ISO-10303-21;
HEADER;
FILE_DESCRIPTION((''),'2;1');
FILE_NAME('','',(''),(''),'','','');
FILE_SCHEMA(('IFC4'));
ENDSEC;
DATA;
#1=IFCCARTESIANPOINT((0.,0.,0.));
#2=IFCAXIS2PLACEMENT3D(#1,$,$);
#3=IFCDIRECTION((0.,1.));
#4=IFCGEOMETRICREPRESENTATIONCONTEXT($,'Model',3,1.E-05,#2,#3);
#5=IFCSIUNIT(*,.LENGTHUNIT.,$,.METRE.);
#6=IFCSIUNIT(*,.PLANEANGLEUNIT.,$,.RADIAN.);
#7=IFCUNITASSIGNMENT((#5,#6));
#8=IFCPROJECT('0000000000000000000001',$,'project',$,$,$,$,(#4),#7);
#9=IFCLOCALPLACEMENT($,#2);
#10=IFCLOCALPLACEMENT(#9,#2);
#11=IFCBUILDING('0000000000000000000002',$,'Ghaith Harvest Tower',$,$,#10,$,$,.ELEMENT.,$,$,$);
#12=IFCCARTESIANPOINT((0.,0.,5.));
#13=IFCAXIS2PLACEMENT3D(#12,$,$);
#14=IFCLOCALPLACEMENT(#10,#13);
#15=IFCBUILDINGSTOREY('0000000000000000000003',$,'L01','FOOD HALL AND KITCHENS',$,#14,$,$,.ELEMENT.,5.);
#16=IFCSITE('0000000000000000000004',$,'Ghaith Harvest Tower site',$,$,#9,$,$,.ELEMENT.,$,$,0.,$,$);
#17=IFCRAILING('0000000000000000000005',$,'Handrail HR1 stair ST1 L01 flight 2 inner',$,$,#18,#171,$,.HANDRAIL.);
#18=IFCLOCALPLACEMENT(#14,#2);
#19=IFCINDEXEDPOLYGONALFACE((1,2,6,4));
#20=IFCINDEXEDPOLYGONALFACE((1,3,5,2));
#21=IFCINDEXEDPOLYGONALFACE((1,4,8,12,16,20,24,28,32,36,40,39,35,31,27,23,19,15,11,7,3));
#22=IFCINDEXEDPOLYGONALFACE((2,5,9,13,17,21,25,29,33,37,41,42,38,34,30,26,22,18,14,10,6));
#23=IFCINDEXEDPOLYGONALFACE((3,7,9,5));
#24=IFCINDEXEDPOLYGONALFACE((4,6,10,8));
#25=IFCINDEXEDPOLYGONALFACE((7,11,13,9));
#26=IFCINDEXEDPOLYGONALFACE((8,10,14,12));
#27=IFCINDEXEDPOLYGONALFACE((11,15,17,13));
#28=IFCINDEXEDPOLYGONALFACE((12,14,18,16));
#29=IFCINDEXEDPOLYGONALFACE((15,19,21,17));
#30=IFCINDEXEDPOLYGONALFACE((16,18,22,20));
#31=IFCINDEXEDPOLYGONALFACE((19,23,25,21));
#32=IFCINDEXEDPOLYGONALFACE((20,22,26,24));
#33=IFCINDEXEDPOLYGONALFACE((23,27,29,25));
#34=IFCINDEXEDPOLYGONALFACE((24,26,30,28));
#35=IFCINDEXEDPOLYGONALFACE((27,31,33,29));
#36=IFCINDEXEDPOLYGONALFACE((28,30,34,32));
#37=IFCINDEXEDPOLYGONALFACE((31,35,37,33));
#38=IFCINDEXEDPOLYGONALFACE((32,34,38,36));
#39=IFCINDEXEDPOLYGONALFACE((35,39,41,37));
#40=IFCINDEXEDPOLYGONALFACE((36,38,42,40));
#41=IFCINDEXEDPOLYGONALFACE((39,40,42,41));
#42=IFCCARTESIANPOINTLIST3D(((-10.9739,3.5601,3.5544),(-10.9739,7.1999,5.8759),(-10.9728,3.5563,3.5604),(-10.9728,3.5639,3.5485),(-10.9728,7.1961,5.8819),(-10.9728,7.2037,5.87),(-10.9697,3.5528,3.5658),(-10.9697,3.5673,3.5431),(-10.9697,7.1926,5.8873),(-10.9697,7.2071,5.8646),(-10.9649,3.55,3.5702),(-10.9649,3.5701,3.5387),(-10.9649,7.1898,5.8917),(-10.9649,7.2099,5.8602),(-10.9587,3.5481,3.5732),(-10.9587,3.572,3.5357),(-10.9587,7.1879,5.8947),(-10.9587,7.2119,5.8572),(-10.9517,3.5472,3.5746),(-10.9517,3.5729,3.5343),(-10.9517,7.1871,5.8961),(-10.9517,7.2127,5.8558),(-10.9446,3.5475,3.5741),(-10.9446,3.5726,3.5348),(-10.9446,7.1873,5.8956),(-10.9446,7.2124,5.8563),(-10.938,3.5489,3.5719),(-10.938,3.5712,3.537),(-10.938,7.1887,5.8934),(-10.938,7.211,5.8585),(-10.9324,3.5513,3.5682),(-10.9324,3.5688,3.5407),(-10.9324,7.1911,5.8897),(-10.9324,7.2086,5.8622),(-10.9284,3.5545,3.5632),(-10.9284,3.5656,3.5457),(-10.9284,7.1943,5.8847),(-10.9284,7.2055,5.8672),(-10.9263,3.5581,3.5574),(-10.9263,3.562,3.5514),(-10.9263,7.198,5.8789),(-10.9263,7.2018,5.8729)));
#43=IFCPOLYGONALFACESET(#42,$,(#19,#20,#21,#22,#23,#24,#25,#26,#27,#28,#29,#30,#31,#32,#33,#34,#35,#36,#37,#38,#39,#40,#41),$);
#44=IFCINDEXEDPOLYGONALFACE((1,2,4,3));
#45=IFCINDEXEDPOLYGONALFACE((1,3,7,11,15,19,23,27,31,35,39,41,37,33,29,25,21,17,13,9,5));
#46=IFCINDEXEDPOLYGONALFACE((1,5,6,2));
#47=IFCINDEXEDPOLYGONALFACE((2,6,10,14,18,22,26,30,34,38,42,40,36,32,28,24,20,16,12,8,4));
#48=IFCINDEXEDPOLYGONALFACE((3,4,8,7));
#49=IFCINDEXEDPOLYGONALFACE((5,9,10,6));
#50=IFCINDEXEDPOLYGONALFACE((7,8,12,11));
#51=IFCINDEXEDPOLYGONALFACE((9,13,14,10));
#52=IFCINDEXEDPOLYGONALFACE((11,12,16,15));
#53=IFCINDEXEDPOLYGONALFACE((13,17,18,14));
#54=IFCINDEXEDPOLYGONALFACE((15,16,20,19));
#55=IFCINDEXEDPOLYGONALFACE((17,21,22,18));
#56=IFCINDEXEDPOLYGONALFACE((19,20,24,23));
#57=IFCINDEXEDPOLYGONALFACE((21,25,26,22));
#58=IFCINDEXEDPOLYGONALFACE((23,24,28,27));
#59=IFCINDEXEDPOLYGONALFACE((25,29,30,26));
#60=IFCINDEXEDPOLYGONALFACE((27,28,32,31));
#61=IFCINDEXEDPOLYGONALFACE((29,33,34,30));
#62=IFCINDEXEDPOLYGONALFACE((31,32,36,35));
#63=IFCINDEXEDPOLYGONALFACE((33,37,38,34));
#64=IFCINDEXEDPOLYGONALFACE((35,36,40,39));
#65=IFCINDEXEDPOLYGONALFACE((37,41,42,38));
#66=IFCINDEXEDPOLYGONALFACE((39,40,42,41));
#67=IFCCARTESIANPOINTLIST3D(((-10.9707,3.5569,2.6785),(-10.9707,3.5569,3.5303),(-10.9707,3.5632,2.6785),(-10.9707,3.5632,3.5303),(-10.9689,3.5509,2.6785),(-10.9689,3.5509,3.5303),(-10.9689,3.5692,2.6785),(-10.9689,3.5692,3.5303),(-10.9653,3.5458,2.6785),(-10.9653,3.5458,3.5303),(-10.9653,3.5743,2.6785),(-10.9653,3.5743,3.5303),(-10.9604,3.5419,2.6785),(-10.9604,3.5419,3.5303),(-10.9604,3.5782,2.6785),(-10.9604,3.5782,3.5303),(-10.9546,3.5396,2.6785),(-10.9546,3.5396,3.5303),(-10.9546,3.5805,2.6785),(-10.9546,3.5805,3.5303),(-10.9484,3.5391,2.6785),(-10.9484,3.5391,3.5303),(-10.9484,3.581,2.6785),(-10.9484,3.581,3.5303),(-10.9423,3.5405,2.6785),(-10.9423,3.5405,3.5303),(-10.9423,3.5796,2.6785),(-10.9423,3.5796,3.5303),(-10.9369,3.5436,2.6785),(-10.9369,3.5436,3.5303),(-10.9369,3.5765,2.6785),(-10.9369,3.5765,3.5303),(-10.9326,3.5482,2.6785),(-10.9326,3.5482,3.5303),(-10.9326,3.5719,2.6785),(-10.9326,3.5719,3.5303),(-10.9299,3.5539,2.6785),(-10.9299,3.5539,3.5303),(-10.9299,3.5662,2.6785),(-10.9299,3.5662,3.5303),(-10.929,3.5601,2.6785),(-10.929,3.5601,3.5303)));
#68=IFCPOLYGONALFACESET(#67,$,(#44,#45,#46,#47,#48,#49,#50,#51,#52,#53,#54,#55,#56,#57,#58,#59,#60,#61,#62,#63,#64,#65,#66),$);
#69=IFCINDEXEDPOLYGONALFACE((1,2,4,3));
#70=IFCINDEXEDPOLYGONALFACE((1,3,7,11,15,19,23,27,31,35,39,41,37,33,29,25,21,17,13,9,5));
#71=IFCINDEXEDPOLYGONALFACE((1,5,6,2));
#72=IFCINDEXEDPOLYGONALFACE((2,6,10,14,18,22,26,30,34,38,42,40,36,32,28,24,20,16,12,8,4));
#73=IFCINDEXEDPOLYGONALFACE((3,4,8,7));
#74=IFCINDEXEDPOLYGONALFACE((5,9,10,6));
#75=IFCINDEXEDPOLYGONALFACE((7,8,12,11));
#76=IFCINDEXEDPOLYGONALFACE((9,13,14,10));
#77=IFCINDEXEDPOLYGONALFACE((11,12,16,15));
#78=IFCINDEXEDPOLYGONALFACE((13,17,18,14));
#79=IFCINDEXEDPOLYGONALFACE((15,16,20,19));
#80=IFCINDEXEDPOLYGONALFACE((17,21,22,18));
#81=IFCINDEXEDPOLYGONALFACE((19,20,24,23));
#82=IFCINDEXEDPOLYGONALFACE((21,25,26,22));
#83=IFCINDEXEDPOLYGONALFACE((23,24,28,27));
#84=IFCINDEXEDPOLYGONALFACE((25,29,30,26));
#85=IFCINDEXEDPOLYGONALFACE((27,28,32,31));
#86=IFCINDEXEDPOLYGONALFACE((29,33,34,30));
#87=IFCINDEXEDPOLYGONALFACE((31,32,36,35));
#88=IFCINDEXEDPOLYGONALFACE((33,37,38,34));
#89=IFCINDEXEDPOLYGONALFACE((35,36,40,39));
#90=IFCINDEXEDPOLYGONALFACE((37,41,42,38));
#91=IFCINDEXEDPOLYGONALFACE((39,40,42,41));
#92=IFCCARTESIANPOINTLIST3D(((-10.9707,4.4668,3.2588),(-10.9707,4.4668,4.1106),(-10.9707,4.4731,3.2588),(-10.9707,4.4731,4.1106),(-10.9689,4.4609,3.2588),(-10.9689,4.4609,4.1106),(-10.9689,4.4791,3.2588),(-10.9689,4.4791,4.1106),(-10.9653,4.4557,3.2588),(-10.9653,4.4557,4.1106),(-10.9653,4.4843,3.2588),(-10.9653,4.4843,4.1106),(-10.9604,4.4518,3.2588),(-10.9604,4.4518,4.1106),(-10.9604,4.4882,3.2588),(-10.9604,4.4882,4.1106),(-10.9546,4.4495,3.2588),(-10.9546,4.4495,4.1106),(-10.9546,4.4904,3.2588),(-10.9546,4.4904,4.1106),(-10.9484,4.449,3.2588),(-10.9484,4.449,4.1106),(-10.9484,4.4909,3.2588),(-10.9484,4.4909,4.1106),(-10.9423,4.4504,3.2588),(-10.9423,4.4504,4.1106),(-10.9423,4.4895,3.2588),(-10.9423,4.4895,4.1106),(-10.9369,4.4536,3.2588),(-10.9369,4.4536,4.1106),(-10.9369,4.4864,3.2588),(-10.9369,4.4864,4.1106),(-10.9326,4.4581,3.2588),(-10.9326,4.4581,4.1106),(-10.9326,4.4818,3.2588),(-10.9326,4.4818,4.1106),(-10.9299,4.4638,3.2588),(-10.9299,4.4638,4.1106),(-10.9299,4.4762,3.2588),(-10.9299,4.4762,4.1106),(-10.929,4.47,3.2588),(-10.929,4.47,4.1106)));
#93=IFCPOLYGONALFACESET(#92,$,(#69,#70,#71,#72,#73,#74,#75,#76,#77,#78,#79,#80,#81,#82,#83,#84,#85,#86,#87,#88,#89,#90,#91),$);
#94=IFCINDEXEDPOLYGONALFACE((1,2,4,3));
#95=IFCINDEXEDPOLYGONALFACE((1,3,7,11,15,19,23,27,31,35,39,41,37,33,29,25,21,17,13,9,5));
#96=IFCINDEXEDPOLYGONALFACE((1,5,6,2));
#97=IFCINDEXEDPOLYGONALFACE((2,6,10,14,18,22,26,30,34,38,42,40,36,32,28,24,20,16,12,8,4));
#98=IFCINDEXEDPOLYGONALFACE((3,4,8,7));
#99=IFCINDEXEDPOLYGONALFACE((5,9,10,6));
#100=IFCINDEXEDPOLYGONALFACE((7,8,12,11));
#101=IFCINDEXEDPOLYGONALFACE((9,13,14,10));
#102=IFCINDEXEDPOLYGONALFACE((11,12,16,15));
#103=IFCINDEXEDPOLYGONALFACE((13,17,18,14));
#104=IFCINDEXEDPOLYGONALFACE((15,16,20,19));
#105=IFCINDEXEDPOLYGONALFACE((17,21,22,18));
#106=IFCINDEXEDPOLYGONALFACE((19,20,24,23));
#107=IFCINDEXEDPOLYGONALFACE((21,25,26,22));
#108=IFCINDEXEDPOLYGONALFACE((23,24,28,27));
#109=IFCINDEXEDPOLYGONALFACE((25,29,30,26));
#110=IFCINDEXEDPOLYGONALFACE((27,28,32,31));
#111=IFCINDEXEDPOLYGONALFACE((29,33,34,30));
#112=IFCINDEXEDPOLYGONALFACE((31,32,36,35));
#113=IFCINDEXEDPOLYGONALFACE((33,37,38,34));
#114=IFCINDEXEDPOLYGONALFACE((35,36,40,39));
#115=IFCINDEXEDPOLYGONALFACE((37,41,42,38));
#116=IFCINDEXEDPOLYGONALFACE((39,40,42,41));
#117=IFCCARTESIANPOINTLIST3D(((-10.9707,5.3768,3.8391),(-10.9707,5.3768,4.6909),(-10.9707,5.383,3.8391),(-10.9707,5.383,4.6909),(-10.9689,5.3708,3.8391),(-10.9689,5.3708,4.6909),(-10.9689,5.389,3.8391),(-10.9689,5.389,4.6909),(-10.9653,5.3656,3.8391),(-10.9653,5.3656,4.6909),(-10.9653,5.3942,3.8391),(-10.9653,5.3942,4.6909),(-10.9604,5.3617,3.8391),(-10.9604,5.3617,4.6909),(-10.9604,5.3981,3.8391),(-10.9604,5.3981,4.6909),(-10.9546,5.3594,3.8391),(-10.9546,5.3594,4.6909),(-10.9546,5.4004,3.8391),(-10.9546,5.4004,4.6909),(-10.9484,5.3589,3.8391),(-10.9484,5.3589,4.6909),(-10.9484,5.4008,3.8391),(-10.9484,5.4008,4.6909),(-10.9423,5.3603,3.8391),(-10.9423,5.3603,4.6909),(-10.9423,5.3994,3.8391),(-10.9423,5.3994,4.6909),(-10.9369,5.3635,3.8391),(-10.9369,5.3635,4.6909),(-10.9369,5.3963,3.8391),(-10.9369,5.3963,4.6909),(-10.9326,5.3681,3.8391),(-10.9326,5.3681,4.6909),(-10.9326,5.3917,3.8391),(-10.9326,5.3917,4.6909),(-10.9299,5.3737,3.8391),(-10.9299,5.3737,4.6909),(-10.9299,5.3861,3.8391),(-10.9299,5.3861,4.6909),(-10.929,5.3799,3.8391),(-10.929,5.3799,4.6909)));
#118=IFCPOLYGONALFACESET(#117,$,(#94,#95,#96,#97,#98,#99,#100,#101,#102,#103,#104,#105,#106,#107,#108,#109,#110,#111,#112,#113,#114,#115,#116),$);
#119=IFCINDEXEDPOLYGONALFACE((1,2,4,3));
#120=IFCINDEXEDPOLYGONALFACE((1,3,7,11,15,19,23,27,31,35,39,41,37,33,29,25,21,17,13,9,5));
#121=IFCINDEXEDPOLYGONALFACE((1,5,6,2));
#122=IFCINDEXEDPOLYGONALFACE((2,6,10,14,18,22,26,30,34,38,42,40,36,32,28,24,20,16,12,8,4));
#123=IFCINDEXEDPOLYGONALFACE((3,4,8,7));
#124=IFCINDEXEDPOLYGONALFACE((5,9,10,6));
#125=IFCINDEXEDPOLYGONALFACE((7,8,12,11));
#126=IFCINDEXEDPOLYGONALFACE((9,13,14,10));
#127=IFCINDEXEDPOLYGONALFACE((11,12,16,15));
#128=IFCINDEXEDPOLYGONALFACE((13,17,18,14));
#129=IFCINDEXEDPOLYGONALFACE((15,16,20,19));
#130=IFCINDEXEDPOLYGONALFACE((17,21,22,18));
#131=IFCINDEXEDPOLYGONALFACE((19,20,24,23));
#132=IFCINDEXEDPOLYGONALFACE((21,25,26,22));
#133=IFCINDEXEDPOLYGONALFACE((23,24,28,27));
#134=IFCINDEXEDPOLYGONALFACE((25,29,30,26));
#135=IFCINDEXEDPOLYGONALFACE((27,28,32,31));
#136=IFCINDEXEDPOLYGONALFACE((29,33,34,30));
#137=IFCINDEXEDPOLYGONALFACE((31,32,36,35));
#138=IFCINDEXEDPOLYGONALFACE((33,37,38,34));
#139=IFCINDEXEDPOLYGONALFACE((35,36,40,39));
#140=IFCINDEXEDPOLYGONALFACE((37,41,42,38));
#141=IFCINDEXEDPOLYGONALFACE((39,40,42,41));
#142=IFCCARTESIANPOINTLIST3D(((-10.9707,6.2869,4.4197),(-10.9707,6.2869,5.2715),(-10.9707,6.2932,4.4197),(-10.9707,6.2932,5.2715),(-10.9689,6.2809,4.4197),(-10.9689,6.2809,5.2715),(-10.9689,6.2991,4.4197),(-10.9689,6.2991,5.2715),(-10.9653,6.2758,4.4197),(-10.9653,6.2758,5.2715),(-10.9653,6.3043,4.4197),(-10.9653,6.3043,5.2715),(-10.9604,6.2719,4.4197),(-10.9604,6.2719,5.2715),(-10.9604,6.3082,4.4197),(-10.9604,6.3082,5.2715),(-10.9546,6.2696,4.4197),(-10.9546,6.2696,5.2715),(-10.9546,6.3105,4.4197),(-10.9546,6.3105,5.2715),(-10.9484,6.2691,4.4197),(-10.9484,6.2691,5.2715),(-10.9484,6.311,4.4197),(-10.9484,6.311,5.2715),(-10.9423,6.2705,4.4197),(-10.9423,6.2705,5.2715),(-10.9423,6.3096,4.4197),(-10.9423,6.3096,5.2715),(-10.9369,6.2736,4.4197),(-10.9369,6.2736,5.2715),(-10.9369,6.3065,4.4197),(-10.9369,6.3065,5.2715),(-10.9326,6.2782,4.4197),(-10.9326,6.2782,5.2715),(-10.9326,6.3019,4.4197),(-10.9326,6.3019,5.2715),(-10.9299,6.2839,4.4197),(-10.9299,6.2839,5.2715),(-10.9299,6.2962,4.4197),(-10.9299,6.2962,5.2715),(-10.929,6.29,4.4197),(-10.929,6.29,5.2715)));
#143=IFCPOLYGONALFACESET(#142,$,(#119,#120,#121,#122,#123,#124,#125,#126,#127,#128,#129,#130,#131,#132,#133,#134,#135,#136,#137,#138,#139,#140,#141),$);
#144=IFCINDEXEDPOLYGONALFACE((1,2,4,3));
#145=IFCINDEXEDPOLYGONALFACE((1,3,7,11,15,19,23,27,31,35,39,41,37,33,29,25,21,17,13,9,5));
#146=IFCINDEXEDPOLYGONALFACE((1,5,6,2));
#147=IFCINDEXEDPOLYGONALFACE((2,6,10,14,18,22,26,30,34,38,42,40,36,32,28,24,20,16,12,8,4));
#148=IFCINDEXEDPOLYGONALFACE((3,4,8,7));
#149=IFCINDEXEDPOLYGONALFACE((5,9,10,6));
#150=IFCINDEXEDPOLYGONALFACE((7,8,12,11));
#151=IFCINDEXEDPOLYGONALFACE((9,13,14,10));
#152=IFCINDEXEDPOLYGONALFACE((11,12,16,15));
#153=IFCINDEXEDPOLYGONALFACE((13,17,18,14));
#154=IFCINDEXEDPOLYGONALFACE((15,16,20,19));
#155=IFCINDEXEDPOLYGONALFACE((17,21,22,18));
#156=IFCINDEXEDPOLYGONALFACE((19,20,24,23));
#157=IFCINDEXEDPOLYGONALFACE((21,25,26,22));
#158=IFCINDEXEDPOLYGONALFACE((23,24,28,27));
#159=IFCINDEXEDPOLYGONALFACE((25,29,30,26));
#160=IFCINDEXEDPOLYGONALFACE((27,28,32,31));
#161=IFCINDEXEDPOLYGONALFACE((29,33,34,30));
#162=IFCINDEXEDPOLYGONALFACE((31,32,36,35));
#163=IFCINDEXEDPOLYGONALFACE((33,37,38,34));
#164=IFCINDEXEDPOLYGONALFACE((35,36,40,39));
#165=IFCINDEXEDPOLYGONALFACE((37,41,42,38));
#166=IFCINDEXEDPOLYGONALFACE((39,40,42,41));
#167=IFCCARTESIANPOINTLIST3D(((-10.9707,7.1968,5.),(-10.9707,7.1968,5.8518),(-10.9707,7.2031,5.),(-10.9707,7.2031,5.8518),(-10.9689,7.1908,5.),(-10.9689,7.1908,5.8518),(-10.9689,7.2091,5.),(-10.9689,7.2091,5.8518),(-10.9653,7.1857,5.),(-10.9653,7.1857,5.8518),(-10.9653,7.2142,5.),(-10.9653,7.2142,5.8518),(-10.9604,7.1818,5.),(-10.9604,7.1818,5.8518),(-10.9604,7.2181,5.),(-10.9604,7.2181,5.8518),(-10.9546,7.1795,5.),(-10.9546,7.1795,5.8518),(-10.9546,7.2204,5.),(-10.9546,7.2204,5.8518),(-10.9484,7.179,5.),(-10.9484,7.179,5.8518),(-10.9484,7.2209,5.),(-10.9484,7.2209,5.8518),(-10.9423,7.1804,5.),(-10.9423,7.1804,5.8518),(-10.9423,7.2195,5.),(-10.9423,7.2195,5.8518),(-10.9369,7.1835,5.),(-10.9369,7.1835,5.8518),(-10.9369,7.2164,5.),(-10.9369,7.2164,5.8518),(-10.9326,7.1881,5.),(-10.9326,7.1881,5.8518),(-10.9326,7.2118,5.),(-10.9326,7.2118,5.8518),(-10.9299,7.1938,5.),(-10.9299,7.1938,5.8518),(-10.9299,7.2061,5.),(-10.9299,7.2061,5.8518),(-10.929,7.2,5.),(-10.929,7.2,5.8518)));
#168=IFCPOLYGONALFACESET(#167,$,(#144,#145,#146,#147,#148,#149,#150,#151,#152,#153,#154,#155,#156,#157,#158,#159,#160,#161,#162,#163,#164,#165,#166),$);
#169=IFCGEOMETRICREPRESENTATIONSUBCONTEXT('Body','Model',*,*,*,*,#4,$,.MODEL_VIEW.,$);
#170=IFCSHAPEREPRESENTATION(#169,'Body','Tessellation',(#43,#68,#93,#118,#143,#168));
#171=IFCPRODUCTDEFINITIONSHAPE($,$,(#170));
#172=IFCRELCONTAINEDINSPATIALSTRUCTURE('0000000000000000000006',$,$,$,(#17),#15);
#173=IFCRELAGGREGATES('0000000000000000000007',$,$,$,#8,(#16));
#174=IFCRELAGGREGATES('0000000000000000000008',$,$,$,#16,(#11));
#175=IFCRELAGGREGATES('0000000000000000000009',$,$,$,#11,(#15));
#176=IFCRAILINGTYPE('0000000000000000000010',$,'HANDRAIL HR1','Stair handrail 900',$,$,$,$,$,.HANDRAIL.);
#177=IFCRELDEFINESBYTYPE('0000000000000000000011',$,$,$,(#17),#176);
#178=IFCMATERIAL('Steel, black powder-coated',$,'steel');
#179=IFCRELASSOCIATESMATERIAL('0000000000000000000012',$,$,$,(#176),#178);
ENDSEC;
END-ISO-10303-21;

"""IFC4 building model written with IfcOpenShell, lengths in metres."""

from ifc_helpers import new_model, si_unit, direction, frame, origin, origin_2d, place, context, subcontext, project, spatial, circle, extrude, material, type_object, element, save


model = new_model("IFC4")

# Units and contexts
model_context = context("Model", 3, precision=1e-05, world=origin(), true_north=direction((0.0, 1.0)))
body_context = subcontext(model_context, "Body", "Model", "MODEL_VIEW")
ifc_project = project(units=[si_unit("LENGTHUNIT", "METRE"), si_unit("PLANEANGLEUNIT", "RADIAN")], contexts=[model_context])

# Site, building, storey
site_placement = place(None, origin())
site = spatial("IfcSite", under=ifc_project, at=site_placement, Name="Ghaith Harvest Tower site", CompositionType="ELEMENT", RefElevation=0.0)
building_placement = place(site_placement, origin())
building = spatial("IfcBuilding", under=site, at=building_placement, Name="Ghaith Harvest Tower", CompositionType="ELEMENT")
storey_placement = place(building_placement, frame((0.0, 0.0, 5.0)))
storey = spatial("IfcBuildingStorey", under=building, at=storey_placement, Name="L01", Description="FOOD HALL AND KITCHENS", CompositionType="ELEMENT", Elevation=5.0)

# Railing
ifc_material_1 = material(Name="Steel, black powder-coated", Category="steel")
railing_type = type_object("IfcRailingType", Name="HANDRAIL HR1", Description="Stair handrail 900", PredefinedType="HANDRAIL", material=ifc_material_1)
railing_1_placement = place(storey_placement, frame((-10.95, 3.5601, 2.6785)))
element("IfcRailing", 1, at=railing_1_placement, inside=storey, type_object=railing_type, Name="Handrail HR1 stair ST1 L01 flight 2 inner", PredefinedType="HANDRAIL", context=body_context, shape_type="SweptSolid", body=[
    extrude(circle(Radius=0.0239, at=origin_2d()), frame((0.0, 0.0, 0.876), z_axis=(0.0, 0.843112, 0.537739), x_axis=(-1.0, 0.0, 0.0)), (0.0, 0.0, 1.0), 4.3171),
    extrude(circle(Radius=0.021, at=origin_2d()), origin(), (0.0, 0.0, 1.0), 0.8518),
    extrude(circle(Radius=0.021, at=origin_2d()), frame((0.0, 0.9099, 0.5803)), (0.0, 0.0, 1.0), 0.8518),
    extrude(circle(Radius=0.021, at=origin_2d()), frame((0.0, 1.8198, 1.1606)), (0.0, 0.0, 1.0), 0.8518),
    extrude(circle(Radius=0.021, at=origin_2d()), frame((0.0, 2.73, 1.7412)), (0.0, 0.0, 1.0), 0.8518),
    extrude(circle(Radius=0.021, at=origin_2d()), frame((0.0, 3.6399, 2.3215)), (0.0, 0.0, 1.0), 0.8518),
])

save(model, "model.ifc")
